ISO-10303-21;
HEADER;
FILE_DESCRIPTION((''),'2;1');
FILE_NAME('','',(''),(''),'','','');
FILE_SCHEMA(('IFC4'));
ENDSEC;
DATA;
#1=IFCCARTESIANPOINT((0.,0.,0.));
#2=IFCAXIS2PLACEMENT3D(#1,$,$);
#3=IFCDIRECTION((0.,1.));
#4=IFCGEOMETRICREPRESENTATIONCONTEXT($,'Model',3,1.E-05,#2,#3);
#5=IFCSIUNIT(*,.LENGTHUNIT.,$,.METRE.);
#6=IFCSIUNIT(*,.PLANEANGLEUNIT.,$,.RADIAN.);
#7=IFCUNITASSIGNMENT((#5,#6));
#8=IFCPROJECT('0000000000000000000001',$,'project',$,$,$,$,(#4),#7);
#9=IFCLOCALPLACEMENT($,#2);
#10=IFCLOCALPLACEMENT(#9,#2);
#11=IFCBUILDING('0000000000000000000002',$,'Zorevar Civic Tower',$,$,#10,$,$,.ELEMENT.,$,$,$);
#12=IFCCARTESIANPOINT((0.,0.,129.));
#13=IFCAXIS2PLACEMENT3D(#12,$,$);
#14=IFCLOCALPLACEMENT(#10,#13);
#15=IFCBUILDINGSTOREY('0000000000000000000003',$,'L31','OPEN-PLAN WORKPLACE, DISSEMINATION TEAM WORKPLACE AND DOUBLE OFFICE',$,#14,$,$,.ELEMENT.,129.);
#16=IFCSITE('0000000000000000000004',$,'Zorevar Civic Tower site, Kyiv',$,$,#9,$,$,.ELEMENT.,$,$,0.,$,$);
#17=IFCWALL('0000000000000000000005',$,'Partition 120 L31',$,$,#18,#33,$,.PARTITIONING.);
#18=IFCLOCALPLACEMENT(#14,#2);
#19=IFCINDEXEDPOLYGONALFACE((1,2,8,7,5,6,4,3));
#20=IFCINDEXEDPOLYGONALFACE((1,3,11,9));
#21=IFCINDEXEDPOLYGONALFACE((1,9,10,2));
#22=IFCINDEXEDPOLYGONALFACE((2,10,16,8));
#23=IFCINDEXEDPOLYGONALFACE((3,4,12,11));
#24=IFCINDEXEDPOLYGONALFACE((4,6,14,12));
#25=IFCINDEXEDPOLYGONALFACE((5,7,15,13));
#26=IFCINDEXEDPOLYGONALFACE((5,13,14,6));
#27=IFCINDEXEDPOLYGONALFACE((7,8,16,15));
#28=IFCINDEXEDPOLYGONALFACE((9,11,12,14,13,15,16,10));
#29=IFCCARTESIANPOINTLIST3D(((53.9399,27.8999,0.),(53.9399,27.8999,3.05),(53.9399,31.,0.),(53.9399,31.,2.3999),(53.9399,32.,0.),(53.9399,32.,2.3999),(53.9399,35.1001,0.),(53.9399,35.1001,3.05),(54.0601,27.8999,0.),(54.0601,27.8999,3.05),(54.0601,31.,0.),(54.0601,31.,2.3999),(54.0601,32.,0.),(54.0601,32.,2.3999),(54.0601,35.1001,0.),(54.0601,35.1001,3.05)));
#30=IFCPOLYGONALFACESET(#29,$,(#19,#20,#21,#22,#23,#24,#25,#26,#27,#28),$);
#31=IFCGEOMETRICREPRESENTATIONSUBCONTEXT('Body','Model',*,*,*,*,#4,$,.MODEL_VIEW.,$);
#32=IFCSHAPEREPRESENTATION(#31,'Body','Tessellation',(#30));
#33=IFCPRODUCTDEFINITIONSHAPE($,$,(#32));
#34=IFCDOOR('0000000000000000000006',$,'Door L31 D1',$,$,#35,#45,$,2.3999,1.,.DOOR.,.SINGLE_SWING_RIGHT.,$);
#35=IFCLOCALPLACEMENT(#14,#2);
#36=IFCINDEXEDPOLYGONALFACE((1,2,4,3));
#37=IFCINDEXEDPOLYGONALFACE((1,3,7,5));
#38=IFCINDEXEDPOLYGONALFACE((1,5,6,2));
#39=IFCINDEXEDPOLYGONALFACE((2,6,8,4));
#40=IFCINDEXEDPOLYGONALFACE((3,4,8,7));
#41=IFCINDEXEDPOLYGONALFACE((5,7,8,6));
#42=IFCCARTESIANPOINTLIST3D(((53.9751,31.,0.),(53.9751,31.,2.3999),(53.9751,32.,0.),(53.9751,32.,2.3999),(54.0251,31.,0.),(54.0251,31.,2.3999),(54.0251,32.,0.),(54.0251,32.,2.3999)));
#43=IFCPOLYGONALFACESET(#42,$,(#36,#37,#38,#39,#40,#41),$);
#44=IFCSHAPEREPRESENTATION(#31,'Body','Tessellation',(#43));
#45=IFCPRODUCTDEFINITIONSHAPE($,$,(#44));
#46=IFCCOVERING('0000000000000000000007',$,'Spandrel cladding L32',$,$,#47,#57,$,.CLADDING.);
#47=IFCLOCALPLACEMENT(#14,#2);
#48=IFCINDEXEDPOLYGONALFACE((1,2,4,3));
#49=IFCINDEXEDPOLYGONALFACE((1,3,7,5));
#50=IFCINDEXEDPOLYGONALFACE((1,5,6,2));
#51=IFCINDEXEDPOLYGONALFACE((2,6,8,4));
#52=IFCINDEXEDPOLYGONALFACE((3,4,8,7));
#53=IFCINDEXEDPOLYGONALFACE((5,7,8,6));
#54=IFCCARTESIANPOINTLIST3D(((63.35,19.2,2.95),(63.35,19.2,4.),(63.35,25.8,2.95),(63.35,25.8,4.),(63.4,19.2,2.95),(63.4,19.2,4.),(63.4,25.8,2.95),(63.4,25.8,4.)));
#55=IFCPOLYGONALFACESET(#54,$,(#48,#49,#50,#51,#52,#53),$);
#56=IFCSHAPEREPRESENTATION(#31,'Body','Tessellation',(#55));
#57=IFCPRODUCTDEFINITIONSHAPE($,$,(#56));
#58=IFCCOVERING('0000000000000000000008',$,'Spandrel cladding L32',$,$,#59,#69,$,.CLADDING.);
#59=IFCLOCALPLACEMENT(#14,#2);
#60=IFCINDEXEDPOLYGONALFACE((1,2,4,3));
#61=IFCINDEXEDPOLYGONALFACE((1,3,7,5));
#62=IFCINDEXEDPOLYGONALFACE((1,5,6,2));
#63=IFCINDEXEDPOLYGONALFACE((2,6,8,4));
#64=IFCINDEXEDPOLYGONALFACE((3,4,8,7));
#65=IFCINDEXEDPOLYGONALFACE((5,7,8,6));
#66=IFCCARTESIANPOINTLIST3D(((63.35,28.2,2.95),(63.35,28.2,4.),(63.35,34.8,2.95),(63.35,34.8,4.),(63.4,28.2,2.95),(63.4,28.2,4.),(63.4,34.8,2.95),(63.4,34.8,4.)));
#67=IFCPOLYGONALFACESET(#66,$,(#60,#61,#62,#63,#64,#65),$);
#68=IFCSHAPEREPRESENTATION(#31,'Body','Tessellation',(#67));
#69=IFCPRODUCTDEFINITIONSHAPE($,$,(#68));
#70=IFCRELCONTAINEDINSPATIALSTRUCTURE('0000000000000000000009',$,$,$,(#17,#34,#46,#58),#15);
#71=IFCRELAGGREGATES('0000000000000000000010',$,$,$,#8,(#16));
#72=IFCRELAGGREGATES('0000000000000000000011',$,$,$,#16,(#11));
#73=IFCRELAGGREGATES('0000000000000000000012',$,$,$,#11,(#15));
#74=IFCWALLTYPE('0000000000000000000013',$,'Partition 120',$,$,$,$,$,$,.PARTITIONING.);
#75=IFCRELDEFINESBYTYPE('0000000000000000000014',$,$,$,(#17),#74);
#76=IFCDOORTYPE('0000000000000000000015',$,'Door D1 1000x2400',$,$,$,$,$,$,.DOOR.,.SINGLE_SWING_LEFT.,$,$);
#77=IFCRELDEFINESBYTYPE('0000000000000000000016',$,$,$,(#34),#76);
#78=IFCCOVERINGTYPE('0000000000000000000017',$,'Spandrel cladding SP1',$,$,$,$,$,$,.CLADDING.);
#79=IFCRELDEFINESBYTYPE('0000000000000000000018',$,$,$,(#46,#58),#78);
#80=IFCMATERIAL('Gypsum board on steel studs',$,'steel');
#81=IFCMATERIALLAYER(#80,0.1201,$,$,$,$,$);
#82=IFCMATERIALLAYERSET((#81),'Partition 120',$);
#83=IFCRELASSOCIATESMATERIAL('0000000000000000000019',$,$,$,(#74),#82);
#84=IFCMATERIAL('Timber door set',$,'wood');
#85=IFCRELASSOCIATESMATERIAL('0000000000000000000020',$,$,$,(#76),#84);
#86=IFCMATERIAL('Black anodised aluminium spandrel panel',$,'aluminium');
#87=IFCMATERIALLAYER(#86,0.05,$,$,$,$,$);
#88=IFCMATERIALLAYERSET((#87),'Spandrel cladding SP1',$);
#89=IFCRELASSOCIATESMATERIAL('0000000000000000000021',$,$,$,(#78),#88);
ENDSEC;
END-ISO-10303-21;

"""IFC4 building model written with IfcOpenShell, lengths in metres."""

from ifc_helpers import new_model, si_unit, direction, frame, frame_2d, origin, place, context, subcontext, project, spatial, rectangle, extrude, material, layer, layer_set, type_object, element, fill, save


model = new_model("IFC4")

# Units and contexts
model_context = context("Model", 3, precision=1e-05, world=origin(), true_north=direction((0.0, 1.0)))
body_context = subcontext(model_context, "Body", "Model", "MODEL_VIEW")
ifc_project = project(units=[si_unit("LENGTHUNIT", "METRE"), si_unit("PLANEANGLEUNIT", "RADIAN")], contexts=[model_context])

# Site, building, storey
site_placement = place(None, origin())
site = spatial("IfcSite", under=ifc_project, at=site_placement, Name="Zorevar Civic Tower site, Kyiv", CompositionType="ELEMENT", RefElevation=0.0)
building_placement = place(site_placement, origin())
building = spatial("IfcBuilding", under=site, at=building_placement, Name="Zorevar Civic Tower", CompositionType="ELEMENT")
storey_placement = place(building_placement, frame((0.0, 0.0, 129.0)))
storey = spatial("IfcBuildingStorey", under=building, at=storey_placement, Name="L31", Description="OPEN-PLAN WORKPLACE, DISSEMINATION TEAM WORKPLACE AND DOUBLE OFFICE", CompositionType="ELEMENT", Elevation=129.0)

# Shared definitions
ifc_material_1 = material(Name="Gypsum board on steel studs", Category="steel")
ifc_layer_1 = layer(ifc_material_1, 0.1201)
ifc_layer_set_1 = layer_set([ifc_layer_1], Name="Partition 120")
wall_type = type_object("IfcWallType", Name="Partition 120", PredefinedType="PARTITIONING", material=ifc_layer_set_1)

# Wall, opening, door
ifc_material_2 = material(Name="Timber door set", Category="wood")
door_type = type_object("IfcDoorType", Name="Door D1 1000x2400", OperationType="SINGLE_SWING_LEFT", PredefinedType="DOOR", material=ifc_material_2)
wall_1_placement = place(storey_placement, frame((54.0, 27.8999, 0.0), z_axis=(0.0, 0.0, 1.0), x_axis=(0.0, 1.0, 0.0)))
wall_1 = element("IfcWall", 1, at=wall_1_placement, inside=storey, type_object=wall_type, Name="Partition 120 L31", PredefinedType="PARTITIONING", context=body_context, shape_type="SweptSolid", body=[
    extrude(rectangle(XDim=7.2002, YDim=0.1201, at=frame_2d((3.6001, 0.0))), origin(), (0.0, 0.0, 1.0), 3.05),
])
opening_1_placement = place(wall_1_placement, frame((3.1001, 0.0, 0.0)))
opening_1 = element("IfcOpeningElement", 2, at=opening_1_placement, cuts=wall_1, PredefinedType="OPENING", context=body_context, shape_type="SweptSolid", body=[
    extrude(rectangle(XDim=1.0, YDim=2.3999, at=frame_2d((0.5, 1.2))), frame((0.0, 0.0701, 0.0), z_axis=(0.0, -1.0, 0.0), x_axis=(1.0, 0.0, 0.0)), (0.0, 0.0, 1.0), 0.1401),
])
door_1_placement = place(opening_1_placement, origin())
door_1 = element("IfcDoor", 3, at=door_1_placement, inside=storey, type_object=door_type, Name="Door L31 D1", OperationType="SINGLE_SWING_RIGHT", OverallHeight=2.3999, OverallWidth=1.0, PredefinedType="DOOR", context=body_context, shape_type="SweptSolid", body=[
    extrude(rectangle(XDim=1.0, YDim=2.3999, at=frame_2d((0.5, 1.2))), frame((0.0, 0.0249, 0.0), z_axis=(0.0, -1.0, 0.0), x_axis=(1.0, 0.0, 0.0)), (0.0, 0.0, 1.0), 0.05),
])
fill(opening_1, door_1)

# Coverings
ifc_material_3 = material(Name="Black anodised aluminium spandrel panel", Category="aluminium")
ifc_layer_2 = layer(ifc_material_3, 0.05)
ifc_layer_set_2 = layer_set([ifc_layer_2], Name="Spandrel cladding SP1")
covering_type = type_object("IfcCoveringType", Name="Spandrel cladding SP1", PredefinedType="CLADDING", material=ifc_layer_set_2)
for number, where, z_axis, x_axis, name in (
    (4, (63.375, 19.2, 2.95), (0.0, 0.0, 1.0), (0.0, 1.0, 0.0), "Spandrel cladding L32"),
    (5, (63.375, 28.2, 2.95), (0.0, 0.0, 1.0), (0.0, 1.0, 0.0), "Spandrel cladding L32"),
):
    element("IfcCovering", number, at=place(storey_placement, frame(where, z_axis=z_axis, x_axis=x_axis)), inside=storey, type_object=covering_type, Name=name, PredefinedType="CLADDING", context=body_context, shape_type="SweptSolid", body=[
        extrude(rectangle(XDim=6.6001, YDim=0.05, at=frame_2d((3.3, 0.0))), origin(), (0.0, 0.0, 1.0), 1.05),
    ])

save(model, "model.ifc")
